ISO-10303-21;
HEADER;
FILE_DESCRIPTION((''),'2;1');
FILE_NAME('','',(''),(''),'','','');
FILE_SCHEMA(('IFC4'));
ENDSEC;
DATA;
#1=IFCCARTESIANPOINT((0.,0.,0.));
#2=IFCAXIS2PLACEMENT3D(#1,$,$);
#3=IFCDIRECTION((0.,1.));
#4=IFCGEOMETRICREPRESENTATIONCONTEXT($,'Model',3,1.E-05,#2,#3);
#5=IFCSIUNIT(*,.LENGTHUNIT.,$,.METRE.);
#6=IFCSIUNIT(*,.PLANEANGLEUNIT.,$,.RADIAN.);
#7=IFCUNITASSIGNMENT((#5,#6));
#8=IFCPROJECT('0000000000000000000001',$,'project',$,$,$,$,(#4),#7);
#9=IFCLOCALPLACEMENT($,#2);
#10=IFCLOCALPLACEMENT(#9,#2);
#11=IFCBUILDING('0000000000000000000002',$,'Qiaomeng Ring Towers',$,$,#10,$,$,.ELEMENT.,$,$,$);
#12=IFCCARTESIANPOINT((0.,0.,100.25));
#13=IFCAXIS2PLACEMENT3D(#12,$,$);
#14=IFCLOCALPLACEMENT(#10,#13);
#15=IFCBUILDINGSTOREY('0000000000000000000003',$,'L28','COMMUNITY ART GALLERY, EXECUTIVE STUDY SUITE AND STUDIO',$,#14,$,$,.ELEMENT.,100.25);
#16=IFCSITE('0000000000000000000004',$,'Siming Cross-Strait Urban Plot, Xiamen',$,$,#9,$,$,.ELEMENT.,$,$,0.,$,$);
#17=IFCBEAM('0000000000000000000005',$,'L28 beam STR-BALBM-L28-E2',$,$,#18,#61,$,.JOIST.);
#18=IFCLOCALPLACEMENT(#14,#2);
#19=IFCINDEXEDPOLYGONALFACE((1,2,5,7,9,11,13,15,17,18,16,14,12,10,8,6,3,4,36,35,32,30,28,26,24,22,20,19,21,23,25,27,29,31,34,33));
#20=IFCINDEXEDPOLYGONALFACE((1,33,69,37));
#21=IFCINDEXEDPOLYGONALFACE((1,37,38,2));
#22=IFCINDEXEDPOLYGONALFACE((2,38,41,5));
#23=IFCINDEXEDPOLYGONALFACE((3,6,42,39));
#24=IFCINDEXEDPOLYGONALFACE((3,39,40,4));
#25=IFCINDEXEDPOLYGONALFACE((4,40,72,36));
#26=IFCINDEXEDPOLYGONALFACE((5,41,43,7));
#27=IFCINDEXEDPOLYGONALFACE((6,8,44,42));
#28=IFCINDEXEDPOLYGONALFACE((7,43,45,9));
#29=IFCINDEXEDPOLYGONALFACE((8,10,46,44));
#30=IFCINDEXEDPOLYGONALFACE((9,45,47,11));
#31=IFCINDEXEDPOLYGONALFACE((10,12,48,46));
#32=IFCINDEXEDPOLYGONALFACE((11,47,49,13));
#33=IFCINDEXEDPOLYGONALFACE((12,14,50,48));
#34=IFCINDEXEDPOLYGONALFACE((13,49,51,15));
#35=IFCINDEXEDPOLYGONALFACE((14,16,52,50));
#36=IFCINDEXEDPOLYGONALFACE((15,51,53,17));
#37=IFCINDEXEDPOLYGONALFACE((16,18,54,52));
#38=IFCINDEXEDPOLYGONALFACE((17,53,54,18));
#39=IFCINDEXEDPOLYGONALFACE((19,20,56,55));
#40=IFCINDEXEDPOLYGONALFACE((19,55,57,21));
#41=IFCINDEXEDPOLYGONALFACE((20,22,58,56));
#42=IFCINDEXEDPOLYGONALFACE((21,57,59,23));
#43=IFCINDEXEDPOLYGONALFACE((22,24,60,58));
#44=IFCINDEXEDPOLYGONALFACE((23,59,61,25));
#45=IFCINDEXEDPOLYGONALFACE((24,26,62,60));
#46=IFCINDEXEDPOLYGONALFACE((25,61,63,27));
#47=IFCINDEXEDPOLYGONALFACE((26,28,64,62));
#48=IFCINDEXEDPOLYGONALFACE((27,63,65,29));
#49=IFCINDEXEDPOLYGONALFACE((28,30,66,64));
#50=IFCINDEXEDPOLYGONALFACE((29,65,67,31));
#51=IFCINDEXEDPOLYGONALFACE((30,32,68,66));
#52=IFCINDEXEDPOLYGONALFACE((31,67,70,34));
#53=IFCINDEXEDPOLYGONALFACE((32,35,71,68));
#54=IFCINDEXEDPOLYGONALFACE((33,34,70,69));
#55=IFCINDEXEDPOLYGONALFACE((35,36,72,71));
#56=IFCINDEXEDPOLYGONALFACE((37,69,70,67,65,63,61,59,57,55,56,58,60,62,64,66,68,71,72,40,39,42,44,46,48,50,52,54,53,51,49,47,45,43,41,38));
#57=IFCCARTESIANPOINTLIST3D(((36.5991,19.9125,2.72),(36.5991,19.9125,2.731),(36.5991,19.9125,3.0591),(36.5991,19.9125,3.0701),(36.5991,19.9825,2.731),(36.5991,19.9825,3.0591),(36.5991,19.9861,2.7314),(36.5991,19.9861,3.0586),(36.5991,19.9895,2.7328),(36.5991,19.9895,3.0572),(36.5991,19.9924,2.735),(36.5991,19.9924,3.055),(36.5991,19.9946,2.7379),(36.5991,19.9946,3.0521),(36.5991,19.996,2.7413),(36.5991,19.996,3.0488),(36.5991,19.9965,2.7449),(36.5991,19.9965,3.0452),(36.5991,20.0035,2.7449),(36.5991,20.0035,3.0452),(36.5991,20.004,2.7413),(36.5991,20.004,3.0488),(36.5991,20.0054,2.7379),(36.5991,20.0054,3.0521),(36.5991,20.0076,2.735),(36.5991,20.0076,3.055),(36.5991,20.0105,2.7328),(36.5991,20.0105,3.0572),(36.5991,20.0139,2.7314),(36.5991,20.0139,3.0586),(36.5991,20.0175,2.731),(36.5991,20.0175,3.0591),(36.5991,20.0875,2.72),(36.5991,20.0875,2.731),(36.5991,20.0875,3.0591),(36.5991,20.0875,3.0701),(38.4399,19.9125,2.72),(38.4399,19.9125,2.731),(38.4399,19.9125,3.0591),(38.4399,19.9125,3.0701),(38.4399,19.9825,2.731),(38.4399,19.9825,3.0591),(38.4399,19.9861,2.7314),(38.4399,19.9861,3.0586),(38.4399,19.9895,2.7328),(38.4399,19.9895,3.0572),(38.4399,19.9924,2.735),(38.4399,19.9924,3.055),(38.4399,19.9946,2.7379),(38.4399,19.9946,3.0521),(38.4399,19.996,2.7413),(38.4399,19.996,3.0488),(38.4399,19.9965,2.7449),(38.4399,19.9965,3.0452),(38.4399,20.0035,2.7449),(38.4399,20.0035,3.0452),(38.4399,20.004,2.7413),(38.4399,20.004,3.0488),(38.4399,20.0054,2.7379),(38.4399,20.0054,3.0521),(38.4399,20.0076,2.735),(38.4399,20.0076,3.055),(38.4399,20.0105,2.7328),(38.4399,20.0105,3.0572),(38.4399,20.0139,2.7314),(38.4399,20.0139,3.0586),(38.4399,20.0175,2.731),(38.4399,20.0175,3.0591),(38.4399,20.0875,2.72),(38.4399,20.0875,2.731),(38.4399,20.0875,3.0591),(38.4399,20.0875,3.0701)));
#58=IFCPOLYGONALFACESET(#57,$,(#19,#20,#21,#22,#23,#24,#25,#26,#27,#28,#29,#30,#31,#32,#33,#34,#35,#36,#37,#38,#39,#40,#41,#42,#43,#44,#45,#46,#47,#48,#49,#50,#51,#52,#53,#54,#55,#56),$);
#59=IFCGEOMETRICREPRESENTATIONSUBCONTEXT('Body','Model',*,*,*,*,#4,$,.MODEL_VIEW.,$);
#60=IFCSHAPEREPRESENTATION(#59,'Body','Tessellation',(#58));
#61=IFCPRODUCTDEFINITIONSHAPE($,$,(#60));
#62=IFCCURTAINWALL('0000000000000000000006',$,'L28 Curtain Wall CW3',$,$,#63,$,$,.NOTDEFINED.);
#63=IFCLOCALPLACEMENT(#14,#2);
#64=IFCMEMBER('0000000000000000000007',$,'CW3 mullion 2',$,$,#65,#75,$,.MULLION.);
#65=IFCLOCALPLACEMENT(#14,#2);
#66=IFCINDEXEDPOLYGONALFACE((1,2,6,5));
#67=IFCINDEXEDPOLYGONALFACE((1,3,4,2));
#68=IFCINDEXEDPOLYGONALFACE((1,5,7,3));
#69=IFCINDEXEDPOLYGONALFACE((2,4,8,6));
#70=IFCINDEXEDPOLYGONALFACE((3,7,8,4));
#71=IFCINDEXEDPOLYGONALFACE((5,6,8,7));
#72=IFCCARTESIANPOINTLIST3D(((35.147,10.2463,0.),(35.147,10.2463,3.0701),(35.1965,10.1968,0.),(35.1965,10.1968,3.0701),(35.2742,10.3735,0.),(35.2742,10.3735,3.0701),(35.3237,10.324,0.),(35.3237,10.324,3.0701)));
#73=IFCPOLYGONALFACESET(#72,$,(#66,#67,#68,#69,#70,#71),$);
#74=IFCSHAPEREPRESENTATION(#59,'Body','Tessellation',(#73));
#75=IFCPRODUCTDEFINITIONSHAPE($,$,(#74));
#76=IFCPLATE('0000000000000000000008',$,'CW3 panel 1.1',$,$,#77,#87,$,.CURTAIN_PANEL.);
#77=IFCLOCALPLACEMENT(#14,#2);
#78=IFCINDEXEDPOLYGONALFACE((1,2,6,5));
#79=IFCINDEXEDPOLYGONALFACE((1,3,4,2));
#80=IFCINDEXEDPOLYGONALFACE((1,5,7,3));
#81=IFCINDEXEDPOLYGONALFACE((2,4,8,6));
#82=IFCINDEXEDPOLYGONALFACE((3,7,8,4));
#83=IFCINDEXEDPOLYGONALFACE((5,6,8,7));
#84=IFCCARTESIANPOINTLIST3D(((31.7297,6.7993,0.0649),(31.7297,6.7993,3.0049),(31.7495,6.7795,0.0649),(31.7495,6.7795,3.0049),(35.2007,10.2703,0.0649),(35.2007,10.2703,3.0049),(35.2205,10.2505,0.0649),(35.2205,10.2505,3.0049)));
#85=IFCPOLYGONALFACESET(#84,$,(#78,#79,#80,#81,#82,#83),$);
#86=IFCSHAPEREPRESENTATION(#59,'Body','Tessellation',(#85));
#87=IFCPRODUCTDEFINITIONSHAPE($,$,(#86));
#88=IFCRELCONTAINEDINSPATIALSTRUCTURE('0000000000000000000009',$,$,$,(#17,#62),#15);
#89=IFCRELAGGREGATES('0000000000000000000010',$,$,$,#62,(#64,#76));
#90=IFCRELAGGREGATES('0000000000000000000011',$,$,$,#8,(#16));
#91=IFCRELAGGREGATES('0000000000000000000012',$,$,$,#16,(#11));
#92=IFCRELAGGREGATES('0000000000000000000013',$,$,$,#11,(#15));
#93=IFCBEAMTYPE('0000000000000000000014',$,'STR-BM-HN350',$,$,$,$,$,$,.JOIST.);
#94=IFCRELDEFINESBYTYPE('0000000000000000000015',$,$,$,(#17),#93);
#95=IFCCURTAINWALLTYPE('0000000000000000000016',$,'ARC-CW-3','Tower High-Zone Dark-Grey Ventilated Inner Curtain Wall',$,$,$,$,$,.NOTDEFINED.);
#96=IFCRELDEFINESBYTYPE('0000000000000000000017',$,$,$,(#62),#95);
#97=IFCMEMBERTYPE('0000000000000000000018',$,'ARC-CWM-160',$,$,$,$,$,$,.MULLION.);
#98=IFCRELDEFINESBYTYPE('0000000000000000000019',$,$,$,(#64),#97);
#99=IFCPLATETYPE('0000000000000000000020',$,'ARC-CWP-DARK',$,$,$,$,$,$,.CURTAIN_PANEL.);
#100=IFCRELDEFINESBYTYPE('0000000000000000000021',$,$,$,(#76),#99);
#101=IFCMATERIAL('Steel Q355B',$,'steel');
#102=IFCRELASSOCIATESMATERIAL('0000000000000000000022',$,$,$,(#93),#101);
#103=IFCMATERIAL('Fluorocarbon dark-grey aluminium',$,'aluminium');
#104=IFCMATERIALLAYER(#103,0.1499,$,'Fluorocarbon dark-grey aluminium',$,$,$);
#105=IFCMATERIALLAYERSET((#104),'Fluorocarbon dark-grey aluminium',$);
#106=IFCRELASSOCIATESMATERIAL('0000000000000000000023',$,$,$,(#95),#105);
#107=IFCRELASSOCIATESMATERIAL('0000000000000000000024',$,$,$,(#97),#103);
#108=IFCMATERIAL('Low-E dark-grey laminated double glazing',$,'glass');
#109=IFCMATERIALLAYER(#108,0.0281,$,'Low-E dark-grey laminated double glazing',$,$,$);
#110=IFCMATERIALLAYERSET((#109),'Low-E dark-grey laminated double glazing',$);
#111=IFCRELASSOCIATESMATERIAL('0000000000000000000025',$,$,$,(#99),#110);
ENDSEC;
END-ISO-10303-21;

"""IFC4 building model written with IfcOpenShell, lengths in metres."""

from ifc_helpers import new_model, si_unit, direction, frame, origin, origin_2d, place, context, subcontext, project, spatial, rectangle, i_section, extrude, source, transform, mapped, material, layer, layer_set, material_profile, profile_set, type_object, element, aggregate, save


model = new_model("IFC4")

# Units and contexts
model_context = context("Model", 3, precision=1e-05, world=origin(), true_north=direction((0.0, 1.0)))
body_context = subcontext(model_context, "Body", "Model", "MODEL_VIEW")
ifc_project = project(units=[si_unit("LENGTHUNIT", "METRE"), si_unit("PLANEANGLEUNIT", "RADIAN")], contexts=[model_context])

# Site, building, storey
site_placement = place(None, origin())
site = spatial("IfcSite", under=ifc_project, at=site_placement, Name="Siming Cross-Strait Urban Plot, Xiamen", CompositionType="ELEMENT", RefElevation=0.0)
building_placement = place(site_placement, origin())
building = spatial("IfcBuilding", under=site, at=building_placement, Name="Qiaomeng Ring Towers", CompositionType="ELEMENT")
storey_placement = place(building_placement, frame((0.0, 0.0, 100.25)))
storey = spatial("IfcBuildingStorey", under=building, at=storey_placement, Name="L28", Description="COMMUNITY ART GALLERY, EXECUTIVE STUDY SUITE AND STUDIO", CompositionType="ELEMENT", Elevation=100.25)

# Beam
ifc_material_1 = material(Name="Steel Q355B", Category="steel")
ifc_material_profile_1 = material_profile(ifc_material_1, i_section(OverallWidth=0.175, OverallDepth=0.3501, WebThickness=0.0071, FlangeThickness=0.011, FilletRadius=0.0139, at=origin_2d()), Name="HN 350x175x7x11")
ifc_profile_set_1 = profile_set([ifc_material_profile_1], Name="Steel Q355B")
beam_type_1 = type_object("IfcBeamType", Name="STR-BM-HN350", PredefinedType="JOIST", material=ifc_profile_set_1)
shared_shape_1 = source(origin(), body_context, "Body", "SweptSolid", [
    extrude(i_section(OverallWidth=0.175, OverallDepth=0.3501, WebThickness=0.0071, FlangeThickness=0.011, FilletRadius=0.0139, at=origin_2d()), origin(), (0.0, 0.0, 1.0), 1.8408),
])
beam_1_placement = place(storey_placement, frame((36.5991, 20.0, 2.895), z_axis=(1.0, 0.0, 0.0), x_axis=(0.0, 1.0, 0.0)))
element("IfcBeam", 1, at=beam_1_placement, inside=storey, type_object=beam_type_1, Name="L28 beam STR-BALBM-L28-E2", PredefinedType="JOIST", context=body_context, shape_type="MappedRepresentation", body=[
    mapped(shared_shape_1, transform((0.0, 0.0, 0.0), x_axis=(1.0, 0.0, 0.0), y_axis=(0.0, 1.0, 0.0), z_axis=(0.0, 0.0, 1.0), scale=1.0)),
])

# Curtain wall, member, plate
ifc_material_2 = material(Name="Fluorocarbon dark-grey aluminium", Category="aluminium")
ifc_layer_1 = layer(ifc_material_2, 0.1499, Name="Fluorocarbon dark-grey aluminium")
ifc_layer_set_1 = layer_set([ifc_layer_1], Name="Fluorocarbon dark-grey aluminium")
curtain_wall_type = type_object("IfcCurtainWallType", Name="ARC-CW-3", Description="Tower High-Zone Dark-Grey Ventilated Inner Curtain Wall", PredefinedType="NOTDEFINED", material=ifc_layer_set_1)
curtain_wall_placement = place(storey_placement, origin())
curtain_wall = element("IfcCurtainWall", 2, at=curtain_wall_placement, inside=storey, type_object=curtain_wall_type, Name="L28 Curtain Wall CW3", PredefinedType="NOTDEFINED")
ifc_material_profile_2 = material_profile(ifc_material_2, rectangle(XDim=0.0701, YDim=0.1799, at=origin_2d()), Name="ALU MULL 70x180")
ifc_profile_set_2 = profile_set([ifc_material_profile_2], Name="Fluorocarbon dark-grey aluminium")
member_type = type_object("IfcMemberType", Name="ARC-CWM-160", PredefinedType="MULLION", material=ifc_profile_set_2)
shared_shape_2 = source(origin(), body_context, "Body", "SweptSolid", [
    extrude(rectangle(XDim=0.0701, YDim=0.1799, at=origin_2d()), origin(), (0.0, 0.0, 1.0), 3.0701),
])
member_placement = place(storey_placement, frame((35.2354, 10.2852, 0.0), z_axis=(0.0, 0.0, 1.0), x_axis=(-0.707107, 0.707107, 0.0)))
member = element("IfcMember", 3, at=member_placement, type_object=member_type, Name="CW3 mullion 2", PredefinedType="MULLION", context=body_context, shape_type="MappedRepresentation", body=[
    mapped(shared_shape_2, transform((0.0, 0.0, 0.0), x_axis=(1.0, 0.0, 0.0), y_axis=(0.0, 1.0, 0.0), z_axis=(0.0, 0.0, 1.0), scale=1.0)),
])
ifc_material_3 = material(Name="Low-E dark-grey laminated double glazing", Category="glass")
ifc_layer_2 = layer(ifc_material_3, 0.0281, Name="Low-E dark-grey laminated double glazing")
ifc_layer_set_2 = layer_set([ifc_layer_2], Name="Low-E dark-grey laminated double glazing")
plate_type = type_object("IfcPlateType", Name="ARC-CWP-DARK", PredefinedType="CURTAIN_PANEL", material=ifc_layer_set_2)
shared_shape_3 = source(origin(), body_context, "Body", "SweptSolid", [
    extrude(rectangle(XDim=4.9087, YDim=0.0281, at=origin_2d()), origin(), (0.0, 0.0, 1.0), 2.9399),
])
plate_placement = place(storey_placement, frame((33.4751, 8.5249, 0.0649), z_axis=(0.0, 0.0, 1.0), x_axis=(0.707107, 0.707107, 0.0)))
plate = element("IfcPlate", 4, at=plate_placement, type_object=plate_type, Name="CW3 panel 1.1", PredefinedType="CURTAIN_PANEL", context=body_context, shape_type="MappedRepresentation", body=[
    mapped(shared_shape_3, transform((0.0, 0.0, 0.0), x_axis=(1.0, 0.0, 0.0), y_axis=(0.0, 1.0, 0.0), z_axis=(0.0, 0.0, 1.0), scale=1.0)),
])
aggregate(curtain_wall, [member, plate])

save(model, "model.ifc")
